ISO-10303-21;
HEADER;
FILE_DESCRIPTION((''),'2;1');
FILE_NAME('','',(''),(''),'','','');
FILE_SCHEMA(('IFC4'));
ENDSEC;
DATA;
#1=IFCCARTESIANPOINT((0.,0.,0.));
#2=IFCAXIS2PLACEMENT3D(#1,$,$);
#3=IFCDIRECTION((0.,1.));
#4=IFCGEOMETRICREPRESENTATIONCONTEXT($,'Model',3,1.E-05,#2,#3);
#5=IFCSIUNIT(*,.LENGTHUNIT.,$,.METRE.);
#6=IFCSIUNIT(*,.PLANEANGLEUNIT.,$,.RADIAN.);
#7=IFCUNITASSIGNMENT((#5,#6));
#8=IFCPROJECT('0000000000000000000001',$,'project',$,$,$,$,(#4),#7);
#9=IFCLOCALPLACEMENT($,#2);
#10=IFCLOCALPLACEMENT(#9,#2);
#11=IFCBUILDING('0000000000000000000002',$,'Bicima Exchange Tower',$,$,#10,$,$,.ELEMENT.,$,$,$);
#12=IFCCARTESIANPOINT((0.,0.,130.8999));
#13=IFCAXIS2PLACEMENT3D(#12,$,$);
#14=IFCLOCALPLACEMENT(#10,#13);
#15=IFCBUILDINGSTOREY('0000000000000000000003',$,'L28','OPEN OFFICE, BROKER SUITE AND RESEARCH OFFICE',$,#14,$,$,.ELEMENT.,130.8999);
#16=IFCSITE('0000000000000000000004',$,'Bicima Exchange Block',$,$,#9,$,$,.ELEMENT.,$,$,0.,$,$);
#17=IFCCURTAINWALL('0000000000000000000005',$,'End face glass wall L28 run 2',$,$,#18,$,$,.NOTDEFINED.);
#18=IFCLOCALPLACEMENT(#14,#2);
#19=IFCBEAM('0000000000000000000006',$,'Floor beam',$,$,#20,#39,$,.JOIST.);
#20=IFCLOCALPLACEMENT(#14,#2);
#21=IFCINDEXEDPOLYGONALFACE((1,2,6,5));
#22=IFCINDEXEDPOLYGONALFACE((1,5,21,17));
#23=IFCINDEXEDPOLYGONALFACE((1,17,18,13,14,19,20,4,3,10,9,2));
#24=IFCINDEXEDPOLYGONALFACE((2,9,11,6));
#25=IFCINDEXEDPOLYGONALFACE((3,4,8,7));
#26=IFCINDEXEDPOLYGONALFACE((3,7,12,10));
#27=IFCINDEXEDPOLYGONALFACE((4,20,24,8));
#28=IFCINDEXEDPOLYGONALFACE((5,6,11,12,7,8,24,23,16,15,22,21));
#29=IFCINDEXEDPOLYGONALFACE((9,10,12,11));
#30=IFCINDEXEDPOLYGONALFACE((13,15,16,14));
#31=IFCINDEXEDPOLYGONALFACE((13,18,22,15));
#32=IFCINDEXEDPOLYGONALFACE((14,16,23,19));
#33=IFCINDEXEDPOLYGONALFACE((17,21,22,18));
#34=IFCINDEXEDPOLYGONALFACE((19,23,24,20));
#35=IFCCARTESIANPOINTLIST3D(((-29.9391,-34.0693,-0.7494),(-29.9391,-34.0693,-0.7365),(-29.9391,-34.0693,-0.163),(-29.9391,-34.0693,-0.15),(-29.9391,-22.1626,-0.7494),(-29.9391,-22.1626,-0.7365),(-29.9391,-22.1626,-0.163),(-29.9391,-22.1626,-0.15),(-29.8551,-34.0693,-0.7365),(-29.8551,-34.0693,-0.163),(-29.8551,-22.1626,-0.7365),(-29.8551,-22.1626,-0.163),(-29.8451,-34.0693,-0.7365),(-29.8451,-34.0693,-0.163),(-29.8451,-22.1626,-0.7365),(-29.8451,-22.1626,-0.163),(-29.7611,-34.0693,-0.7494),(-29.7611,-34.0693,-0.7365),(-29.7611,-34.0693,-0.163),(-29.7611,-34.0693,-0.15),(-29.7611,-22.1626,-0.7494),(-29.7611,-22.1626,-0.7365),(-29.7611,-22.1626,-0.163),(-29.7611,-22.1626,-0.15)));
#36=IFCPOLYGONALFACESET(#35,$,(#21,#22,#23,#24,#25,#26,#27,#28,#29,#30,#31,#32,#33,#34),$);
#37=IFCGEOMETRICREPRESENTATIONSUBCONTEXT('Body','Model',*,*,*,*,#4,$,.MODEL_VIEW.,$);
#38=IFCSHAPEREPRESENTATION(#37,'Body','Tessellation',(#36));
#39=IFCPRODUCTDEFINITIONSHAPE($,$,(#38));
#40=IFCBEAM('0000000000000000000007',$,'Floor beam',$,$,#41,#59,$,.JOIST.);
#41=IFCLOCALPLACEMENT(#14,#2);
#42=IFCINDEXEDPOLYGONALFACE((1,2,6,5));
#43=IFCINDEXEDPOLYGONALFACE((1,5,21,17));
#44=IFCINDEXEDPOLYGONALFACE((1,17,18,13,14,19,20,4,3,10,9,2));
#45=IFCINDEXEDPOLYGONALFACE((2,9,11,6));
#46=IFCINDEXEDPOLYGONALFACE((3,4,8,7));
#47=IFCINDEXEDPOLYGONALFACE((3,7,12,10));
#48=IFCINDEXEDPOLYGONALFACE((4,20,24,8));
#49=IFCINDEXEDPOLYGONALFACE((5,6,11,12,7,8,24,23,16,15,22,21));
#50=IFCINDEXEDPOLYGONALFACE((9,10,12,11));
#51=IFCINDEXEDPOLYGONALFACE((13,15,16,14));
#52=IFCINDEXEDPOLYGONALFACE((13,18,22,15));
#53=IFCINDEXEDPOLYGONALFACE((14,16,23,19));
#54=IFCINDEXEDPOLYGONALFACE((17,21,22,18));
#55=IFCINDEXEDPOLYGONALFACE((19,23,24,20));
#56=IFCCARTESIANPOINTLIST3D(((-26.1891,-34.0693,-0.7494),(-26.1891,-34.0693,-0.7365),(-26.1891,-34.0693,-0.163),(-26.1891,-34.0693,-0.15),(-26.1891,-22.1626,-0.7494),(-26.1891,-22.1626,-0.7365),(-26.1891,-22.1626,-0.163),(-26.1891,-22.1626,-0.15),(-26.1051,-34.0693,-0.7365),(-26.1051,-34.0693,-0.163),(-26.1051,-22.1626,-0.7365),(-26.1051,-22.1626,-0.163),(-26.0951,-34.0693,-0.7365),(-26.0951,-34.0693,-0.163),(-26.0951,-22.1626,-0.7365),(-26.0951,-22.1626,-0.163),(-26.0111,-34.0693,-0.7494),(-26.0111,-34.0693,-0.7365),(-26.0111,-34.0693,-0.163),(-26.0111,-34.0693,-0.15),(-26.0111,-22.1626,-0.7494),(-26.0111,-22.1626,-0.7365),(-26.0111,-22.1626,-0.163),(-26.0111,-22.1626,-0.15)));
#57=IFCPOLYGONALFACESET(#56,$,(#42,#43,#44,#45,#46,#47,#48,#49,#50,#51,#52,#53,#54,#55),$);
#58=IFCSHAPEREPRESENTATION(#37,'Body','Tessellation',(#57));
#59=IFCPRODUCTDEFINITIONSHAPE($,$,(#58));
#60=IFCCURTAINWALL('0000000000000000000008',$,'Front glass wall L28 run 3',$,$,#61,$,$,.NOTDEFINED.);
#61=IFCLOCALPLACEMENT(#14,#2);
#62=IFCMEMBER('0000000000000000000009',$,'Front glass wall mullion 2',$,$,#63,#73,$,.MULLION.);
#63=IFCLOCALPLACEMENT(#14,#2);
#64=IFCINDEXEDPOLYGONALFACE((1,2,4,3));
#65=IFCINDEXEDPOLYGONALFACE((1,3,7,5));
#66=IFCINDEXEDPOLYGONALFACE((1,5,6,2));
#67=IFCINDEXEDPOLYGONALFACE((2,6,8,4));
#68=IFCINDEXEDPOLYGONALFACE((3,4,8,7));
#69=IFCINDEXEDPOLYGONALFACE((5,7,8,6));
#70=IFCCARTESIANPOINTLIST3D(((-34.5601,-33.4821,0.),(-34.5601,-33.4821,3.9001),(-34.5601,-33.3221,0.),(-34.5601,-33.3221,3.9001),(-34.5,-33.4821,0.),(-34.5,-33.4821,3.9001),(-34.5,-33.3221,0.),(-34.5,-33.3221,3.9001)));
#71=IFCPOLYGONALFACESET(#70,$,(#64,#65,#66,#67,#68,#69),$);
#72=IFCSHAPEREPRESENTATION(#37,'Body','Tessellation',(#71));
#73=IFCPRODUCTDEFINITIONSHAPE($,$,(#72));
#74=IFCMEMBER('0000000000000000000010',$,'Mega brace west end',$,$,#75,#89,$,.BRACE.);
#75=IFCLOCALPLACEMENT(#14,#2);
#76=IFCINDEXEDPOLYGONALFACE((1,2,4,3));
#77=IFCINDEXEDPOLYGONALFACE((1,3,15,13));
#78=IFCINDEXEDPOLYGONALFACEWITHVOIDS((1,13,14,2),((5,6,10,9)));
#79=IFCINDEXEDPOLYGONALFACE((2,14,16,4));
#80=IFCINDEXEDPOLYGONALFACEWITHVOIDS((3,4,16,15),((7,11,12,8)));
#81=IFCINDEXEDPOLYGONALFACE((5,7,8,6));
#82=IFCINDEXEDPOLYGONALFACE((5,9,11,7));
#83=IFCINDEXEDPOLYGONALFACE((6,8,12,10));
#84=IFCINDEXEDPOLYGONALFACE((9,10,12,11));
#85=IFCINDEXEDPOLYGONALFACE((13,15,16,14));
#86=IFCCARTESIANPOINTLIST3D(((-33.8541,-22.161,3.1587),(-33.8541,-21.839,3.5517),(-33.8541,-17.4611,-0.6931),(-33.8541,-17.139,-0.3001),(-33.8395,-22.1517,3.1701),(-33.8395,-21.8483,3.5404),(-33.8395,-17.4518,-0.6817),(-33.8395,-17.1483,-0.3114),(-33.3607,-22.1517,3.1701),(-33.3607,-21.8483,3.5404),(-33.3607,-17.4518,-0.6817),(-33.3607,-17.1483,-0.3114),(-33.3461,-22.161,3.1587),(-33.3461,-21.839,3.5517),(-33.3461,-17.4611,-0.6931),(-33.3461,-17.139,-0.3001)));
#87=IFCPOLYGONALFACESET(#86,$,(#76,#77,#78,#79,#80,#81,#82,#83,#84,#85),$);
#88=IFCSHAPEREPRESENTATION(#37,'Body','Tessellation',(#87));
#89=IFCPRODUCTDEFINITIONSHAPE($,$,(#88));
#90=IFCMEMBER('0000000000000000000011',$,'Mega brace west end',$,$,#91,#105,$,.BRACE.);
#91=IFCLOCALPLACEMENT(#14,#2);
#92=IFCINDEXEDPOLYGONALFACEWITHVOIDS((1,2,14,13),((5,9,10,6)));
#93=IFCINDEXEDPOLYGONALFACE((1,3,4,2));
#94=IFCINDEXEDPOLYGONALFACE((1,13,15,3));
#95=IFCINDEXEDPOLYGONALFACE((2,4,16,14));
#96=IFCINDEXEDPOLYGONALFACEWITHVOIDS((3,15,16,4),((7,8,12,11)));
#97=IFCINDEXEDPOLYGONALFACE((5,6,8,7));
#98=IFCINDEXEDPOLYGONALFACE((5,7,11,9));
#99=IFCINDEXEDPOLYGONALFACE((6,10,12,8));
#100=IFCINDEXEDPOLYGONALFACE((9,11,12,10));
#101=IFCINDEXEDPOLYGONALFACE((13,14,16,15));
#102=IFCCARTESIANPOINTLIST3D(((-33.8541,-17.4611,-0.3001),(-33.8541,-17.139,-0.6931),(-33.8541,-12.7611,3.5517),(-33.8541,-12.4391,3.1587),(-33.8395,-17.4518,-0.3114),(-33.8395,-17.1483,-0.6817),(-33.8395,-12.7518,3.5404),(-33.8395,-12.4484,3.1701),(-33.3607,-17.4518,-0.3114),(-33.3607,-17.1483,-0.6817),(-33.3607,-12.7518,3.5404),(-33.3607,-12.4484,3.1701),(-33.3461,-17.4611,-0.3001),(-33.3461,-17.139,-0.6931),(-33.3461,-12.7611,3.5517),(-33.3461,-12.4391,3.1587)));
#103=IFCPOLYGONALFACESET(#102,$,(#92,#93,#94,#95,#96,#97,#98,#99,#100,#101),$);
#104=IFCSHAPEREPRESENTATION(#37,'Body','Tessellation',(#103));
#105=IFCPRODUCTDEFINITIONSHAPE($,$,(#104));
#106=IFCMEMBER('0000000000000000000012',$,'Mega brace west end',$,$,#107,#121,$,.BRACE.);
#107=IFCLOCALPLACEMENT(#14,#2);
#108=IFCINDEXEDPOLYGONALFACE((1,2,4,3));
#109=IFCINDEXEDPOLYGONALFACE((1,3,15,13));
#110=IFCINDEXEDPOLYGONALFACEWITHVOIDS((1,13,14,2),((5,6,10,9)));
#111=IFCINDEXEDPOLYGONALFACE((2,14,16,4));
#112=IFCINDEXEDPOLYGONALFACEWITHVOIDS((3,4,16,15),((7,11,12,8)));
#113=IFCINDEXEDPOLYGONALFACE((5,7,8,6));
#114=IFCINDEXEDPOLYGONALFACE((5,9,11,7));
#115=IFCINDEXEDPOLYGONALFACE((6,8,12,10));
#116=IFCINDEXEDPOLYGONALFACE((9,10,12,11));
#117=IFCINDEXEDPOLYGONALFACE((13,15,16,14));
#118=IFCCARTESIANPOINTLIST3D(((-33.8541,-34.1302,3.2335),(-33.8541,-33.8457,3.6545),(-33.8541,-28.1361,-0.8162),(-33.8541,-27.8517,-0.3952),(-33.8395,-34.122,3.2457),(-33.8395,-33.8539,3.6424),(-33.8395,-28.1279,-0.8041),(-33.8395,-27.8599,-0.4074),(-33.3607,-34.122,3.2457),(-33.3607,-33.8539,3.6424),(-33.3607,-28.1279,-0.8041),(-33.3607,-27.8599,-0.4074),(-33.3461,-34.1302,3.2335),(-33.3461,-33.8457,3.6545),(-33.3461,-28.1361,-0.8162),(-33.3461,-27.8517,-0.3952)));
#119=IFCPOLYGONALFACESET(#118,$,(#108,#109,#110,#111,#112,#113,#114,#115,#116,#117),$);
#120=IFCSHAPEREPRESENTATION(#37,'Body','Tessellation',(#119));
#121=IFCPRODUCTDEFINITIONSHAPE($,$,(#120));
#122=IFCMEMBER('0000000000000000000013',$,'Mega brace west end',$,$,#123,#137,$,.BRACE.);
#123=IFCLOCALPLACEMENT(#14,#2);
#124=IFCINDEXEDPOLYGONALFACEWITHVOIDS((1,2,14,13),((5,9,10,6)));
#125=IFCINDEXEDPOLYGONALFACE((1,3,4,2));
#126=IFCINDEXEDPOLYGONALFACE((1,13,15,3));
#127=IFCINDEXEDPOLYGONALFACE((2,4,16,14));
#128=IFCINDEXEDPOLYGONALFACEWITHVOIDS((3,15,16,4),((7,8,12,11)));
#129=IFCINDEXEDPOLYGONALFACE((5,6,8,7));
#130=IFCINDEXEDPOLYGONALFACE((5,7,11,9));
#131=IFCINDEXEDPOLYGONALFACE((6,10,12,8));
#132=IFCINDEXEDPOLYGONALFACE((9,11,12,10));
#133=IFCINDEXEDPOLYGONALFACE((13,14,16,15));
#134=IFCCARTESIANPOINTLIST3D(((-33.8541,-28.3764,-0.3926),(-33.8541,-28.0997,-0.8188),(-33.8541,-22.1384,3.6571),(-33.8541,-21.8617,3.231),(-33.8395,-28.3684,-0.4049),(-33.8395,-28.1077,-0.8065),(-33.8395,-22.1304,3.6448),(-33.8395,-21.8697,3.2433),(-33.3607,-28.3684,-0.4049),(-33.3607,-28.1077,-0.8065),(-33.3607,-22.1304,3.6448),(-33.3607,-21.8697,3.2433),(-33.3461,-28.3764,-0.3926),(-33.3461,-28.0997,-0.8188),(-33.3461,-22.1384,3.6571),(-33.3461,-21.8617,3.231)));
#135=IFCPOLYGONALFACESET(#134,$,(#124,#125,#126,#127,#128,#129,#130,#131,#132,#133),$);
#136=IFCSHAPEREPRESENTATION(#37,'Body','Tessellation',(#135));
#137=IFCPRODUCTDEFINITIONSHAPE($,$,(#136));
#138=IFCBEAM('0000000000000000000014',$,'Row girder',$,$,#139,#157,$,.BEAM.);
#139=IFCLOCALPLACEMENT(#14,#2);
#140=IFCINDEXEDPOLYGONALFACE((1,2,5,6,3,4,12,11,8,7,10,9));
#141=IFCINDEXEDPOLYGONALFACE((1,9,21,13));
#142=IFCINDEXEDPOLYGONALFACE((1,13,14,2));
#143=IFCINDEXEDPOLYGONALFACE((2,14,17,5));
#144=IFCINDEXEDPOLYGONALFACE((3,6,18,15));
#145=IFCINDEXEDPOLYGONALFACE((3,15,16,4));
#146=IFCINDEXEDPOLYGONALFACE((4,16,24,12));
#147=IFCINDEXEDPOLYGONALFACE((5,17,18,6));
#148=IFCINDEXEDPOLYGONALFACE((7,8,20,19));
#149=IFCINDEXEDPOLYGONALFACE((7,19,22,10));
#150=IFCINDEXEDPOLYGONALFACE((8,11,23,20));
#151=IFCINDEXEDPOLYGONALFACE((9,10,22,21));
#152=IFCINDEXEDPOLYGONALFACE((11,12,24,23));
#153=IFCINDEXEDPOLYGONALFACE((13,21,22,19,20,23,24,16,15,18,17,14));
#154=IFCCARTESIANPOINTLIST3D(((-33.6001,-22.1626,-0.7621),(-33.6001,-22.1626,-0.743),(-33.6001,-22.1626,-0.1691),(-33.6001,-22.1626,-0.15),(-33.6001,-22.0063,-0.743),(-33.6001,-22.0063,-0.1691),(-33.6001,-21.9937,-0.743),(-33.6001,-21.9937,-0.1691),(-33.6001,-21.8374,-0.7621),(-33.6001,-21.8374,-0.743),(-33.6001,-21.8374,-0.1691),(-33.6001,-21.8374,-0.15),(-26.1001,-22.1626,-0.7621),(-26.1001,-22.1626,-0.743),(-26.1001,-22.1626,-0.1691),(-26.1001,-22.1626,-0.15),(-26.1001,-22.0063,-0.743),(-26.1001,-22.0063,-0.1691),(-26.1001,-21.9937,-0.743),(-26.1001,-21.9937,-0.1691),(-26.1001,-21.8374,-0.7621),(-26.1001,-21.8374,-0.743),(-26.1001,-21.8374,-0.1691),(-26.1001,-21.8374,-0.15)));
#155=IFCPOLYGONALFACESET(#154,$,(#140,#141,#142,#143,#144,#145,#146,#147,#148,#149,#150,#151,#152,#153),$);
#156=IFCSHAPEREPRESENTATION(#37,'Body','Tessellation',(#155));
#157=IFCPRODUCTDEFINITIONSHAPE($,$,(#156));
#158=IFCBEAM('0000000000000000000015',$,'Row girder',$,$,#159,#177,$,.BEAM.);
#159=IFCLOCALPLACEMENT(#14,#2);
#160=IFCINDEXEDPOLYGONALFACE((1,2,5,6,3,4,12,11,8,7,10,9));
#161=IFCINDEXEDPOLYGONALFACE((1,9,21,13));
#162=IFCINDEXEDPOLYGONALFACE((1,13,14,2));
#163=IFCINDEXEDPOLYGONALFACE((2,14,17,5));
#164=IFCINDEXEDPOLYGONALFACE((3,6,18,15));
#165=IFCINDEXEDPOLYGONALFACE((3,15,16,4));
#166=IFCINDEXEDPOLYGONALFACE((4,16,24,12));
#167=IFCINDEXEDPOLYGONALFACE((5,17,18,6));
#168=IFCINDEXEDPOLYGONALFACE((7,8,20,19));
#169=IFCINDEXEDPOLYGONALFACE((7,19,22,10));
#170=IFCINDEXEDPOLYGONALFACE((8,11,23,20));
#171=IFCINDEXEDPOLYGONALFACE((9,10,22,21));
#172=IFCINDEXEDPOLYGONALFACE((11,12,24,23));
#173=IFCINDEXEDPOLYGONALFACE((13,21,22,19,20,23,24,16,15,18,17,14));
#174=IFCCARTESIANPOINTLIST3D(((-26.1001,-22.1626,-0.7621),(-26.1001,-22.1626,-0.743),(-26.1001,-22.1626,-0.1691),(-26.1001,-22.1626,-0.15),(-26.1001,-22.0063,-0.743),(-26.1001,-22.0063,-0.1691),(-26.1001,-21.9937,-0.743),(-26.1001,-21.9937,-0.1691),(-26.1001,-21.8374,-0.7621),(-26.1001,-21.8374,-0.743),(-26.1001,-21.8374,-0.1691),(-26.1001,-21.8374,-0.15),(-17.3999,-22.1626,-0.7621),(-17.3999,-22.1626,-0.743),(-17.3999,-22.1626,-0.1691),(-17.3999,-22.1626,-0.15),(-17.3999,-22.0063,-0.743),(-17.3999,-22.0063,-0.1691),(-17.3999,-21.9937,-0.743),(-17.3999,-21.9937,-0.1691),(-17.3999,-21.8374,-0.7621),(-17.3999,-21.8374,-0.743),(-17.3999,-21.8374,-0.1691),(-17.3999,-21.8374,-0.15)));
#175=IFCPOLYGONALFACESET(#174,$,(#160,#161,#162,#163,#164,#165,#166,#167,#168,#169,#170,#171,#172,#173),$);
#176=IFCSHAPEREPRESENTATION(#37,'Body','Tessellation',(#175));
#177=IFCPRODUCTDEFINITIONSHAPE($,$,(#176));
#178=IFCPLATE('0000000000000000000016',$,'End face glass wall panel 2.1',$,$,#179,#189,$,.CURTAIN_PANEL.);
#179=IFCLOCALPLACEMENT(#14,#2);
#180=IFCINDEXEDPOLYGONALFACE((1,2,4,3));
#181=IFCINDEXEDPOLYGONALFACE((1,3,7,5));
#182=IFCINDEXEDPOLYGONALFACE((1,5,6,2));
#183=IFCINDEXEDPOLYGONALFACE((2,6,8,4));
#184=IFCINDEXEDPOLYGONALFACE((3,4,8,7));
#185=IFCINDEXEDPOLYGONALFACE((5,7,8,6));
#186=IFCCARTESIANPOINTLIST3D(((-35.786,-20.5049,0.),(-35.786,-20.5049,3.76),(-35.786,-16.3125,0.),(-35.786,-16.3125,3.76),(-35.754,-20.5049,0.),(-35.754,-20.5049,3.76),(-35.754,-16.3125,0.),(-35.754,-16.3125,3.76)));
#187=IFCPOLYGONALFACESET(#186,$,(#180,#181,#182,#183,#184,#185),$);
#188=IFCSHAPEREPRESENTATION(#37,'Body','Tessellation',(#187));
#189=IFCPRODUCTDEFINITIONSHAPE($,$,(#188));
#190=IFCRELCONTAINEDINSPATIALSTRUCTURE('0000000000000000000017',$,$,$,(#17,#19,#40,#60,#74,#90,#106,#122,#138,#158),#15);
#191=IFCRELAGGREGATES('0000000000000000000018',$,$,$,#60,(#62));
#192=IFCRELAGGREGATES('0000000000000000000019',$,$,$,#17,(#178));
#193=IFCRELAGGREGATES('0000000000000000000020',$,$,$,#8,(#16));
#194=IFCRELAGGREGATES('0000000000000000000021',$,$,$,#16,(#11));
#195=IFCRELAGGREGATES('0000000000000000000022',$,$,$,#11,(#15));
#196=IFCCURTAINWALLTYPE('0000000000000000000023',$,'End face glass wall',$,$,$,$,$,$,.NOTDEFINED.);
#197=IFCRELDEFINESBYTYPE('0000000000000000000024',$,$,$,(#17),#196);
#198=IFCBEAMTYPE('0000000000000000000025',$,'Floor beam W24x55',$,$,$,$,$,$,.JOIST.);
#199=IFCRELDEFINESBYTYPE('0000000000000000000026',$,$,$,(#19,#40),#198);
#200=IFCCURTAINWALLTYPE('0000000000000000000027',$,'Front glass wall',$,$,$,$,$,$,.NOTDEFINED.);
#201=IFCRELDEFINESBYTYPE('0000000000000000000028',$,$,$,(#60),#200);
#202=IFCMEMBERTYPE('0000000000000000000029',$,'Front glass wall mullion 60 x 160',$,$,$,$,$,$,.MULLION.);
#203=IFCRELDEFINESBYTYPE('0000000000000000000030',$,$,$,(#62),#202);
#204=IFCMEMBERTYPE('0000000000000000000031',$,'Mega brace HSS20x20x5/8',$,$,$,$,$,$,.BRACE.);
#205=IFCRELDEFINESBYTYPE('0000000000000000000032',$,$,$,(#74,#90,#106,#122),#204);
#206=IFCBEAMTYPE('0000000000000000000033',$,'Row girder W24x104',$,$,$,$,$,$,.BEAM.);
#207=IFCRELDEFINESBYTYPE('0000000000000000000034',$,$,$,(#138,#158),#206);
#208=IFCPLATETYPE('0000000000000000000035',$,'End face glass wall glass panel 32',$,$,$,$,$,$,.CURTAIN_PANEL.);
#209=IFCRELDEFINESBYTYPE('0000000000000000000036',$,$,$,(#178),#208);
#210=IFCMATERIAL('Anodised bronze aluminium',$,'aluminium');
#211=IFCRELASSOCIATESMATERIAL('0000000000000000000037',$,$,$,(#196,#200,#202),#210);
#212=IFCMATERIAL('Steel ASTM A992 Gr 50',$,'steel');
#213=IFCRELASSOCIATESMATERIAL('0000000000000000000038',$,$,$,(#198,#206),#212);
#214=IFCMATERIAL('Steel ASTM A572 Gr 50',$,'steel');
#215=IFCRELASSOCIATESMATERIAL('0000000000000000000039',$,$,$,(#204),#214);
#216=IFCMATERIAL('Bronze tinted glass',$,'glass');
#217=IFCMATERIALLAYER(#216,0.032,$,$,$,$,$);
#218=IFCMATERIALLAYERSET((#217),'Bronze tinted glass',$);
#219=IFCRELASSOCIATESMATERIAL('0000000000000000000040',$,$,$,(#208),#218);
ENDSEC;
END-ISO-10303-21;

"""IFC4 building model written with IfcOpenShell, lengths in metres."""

from ifc_helpers import new_model, si_unit, direction, frame, origin, origin_2d, place, context, subcontext, project, spatial, rectangle, hollow_rectangle, i_section, extrude, material, layer, layer_set, material_profile, profile_set, type_object, element, aggregate, save


model = new_model("IFC4")

# Units and contexts
model_context = context("Model", 3, precision=1e-05, world=origin(), true_north=direction((0.0, 1.0)))
body_context = subcontext(model_context, "Body", "Model", "MODEL_VIEW")
ifc_project = project(units=[si_unit("LENGTHUNIT", "METRE"), si_unit("PLANEANGLEUNIT", "RADIAN")], contexts=[model_context])

# Site, building, storey
site_placement = place(None, origin())
site = spatial("IfcSite", under=ifc_project, at=site_placement, Name="Bicima Exchange Block", CompositionType="ELEMENT", RefElevation=0.0)
building_placement = place(site_placement, origin())
building = spatial("IfcBuilding", under=site, at=building_placement, Name="Bicima Exchange Tower", CompositionType="ELEMENT")
storey_placement = place(building_placement, frame((0.0, 0.0, 130.8999)))
storey = spatial("IfcBuildingStorey", under=building, at=storey_placement, Name="L28", Description="OPEN OFFICE, BROKER SUITE AND RESEARCH OFFICE", CompositionType="ELEMENT", Elevation=130.8999)

# Shared definitions
ifc_material_1 = material(Name="Steel ASTM A992 Gr 50", Category="steel")

# Curtain wall
ifc_material_2 = material(Name="Anodised bronze aluminium", Category="aluminium")
curtain_wall_type_1 = type_object("IfcCurtainWallType", Name="End face glass wall", PredefinedType="NOTDEFINED", material=ifc_material_2)
curtain_wall_1_placement = place(storey_placement, origin())
curtain_wall_1 = element("IfcCurtainWall", 1, at=curtain_wall_1_placement, inside=storey, type_object=curtain_wall_type_1, Name="End face glass wall L28 run 2", PredefinedType="NOTDEFINED")
ifc_material_profile_1 = material_profile(ifc_material_2, rectangle(XDim=0.1599, YDim=0.0601, at=origin_2d()))
ifc_profile_set_1 = profile_set([ifc_material_profile_1], Name="Anodised bronze aluminium")

# Beams
ifc_material_profile_2 = material_profile(ifc_material_1, i_section(OverallWidth=0.178, OverallDepth=0.5994, WebThickness=0.01, FlangeThickness=0.0129, at=origin_2d()))
ifc_profile_set_2 = profile_set([ifc_material_profile_2], Name="Steel ASTM A992 Gr 50")
beam_type_1 = type_object("IfcBeamType", Name="Floor beam W24x55", PredefinedType="JOIST", material=ifc_profile_set_2)
for number, where, z_axis, x_axis, name in (
    (2, (-29.8501, -22.1626, -0.4497), (0.0, -1.0, 0.0), (1.0, 0.0, 0.0), "Floor beam"),
    (3, (-26.1001, -22.1626, -0.4497), (0.0, -1.0, 0.0), (1.0, 0.0, 0.0), "Floor beam"),
):
    element("IfcBeam", number, at=place(storey_placement, frame(where, z_axis=z_axis, x_axis=x_axis)), inside=storey, type_object=beam_type_1, Name=name, PredefinedType="JOIST", context=body_context, shape_type="SweptSolid", body=[
        extrude(i_section(OverallWidth=0.178, OverallDepth=0.5994, WebThickness=0.01, FlangeThickness=0.0129, at=origin_2d()), origin(), (0.0, 0.0, 1.0), 11.9067),
    ])

# Curtain wall, member
curtain_wall_type_2 = type_object("IfcCurtainWallType", Name="Front glass wall", PredefinedType="NOTDEFINED", material=ifc_material_2)
curtain_wall_2_placement = place(storey_placement, origin())
curtain_wall_2 = element("IfcCurtainWall", 4, at=curtain_wall_2_placement, inside=storey, type_object=curtain_wall_type_2, Name="Front glass wall L28 run 3", PredefinedType="NOTDEFINED")
member_type_1 = type_object("IfcMemberType", Name="Front glass wall mullion 60 x 160", PredefinedType="MULLION", material=ifc_profile_set_1)
member_1_placement = place(storey_placement, frame((-34.53, -33.4021, 0.0), z_axis=(0.0, 0.0, 1.0), x_axis=(0.0, 1.0, 0.0)))
member_1 = element("IfcMember", 5, at=member_1_placement, type_object=member_type_1, Name="Front glass wall mullion 2", PredefinedType="MULLION", context=body_context, shape_type="SweptSolid", body=[
    extrude(rectangle(XDim=0.1599, YDim=0.0601, at=origin_2d()), origin(), (0.0, 0.0, 1.0), 3.9001),
])
aggregate(curtain_wall_2, [member_1])

# Members
ifc_material_3 = material(Name="Steel ASTM A572 Gr 50", Category="steel")
ifc_material_profile_3 = material_profile(ifc_material_3, hollow_rectangle(XDim=0.5081, YDim=0.5081, WallThickness=0.0146, at=origin_2d()))
ifc_profile_set_3 = profile_set([ifc_material_profile_3], Name="Steel ASTM A572 Gr 50")
member_type_2 = type_object("IfcMemberType", Name="Mega brace HSS20x20x5/8", PredefinedType="BRACE", material=ifc_profile_set_3)
for number, where, z_axis, x_axis, name in (
    (6, (-33.6001, -17.3, -0.4966), (0.0, -0.773442, 0.633868), (1.0, 0.0, 0.0), "Mega brace west end"),
    (7, (-33.6001, -17.3, -0.4966), (0.0, 0.773442, 0.633868), (-1.0, 0.0, 0.0), "Mega brace west end"),
):
    element("IfcMember", number, at=place(storey_placement, frame(where, z_axis=z_axis, x_axis=x_axis)), inside=storey, type_object=member_type_2, Name=name, PredefinedType="BRACE", context=body_context, shape_type="SweptSolid", body=[
        extrude(hollow_rectangle(XDim=0.5081, YDim=0.5081, WallThickness=0.0146, at=origin_2d()), origin(), (0.0, 0.0, 1.0), 6.0767),
    ])
member_2_placement = place(storey_placement, frame((-33.6001, -27.9939, -0.6057), z_axis=(0.0, -0.828608, 0.55983), x_axis=(1.0, 0.0, 0.0)))
element("IfcMember", 8, at=member_2_placement, inside=storey, type_object=member_type_2, Name="Mega brace west end", PredefinedType="BRACE", context=body_context, shape_type="SweptSolid", body=[
    extrude(hollow_rectangle(XDim=0.5081, YDim=0.5081, WallThickness=0.0146, at=origin_2d()), origin(), (0.0, 0.0, 1.0), 7.2339),
])
member_3_placement = place(storey_placement, frame((-33.6001, -28.238, -0.6057), z_axis=(0.0, 0.838746, 0.544523), x_axis=(-1.0, 0.0, 0.0)))
element("IfcMember", 9, at=member_3_placement, inside=storey, type_object=member_type_2, Name="Mega brace west end", PredefinedType="BRACE", context=body_context, shape_type="SweptSolid", body=[
    extrude(hollow_rectangle(XDim=0.5081, YDim=0.5081, WallThickness=0.0146, at=origin_2d()), origin(), (0.0, 0.0, 1.0), 7.4373),
])

# Beams
ifc_material_profile_4 = material_profile(ifc_material_1, i_section(OverallWidth=0.3252, OverallDepth=0.6121, WebThickness=0.0127, FlangeThickness=0.019, at=origin_2d()))
ifc_profile_set_4 = profile_set([ifc_material_profile_4], Name="Steel ASTM A992 Gr 50")
beam_type_2 = type_object("IfcBeamType", Name="Row girder W24x104", PredefinedType="BEAM", material=ifc_profile_set_4)
beam_1_placement = place(storey_placement, frame((-33.6001, -22.0, -0.4561), z_axis=(1.0, 0.0, 0.0), x_axis=(0.0, 1.0, 0.0)))
element("IfcBeam", 10, at=beam_1_placement, inside=storey, type_object=beam_type_2, Name="Row girder", PredefinedType="BEAM", context=body_context, shape_type="SweptSolid", body=[
    extrude(i_section(OverallWidth=0.3252, OverallDepth=0.6121, WebThickness=0.0127, FlangeThickness=0.019, at=origin_2d()), origin(), (0.0, 0.0, 1.0), 7.5),
])
beam_2_placement = place(storey_placement, frame((-26.1001, -22.0, -0.4561), z_axis=(1.0, 0.0, 0.0), x_axis=(0.0, 1.0, 0.0)))
element("IfcBeam", 11, at=beam_2_placement, inside=storey, type_object=beam_type_2, Name="Row girder", PredefinedType="BEAM", context=body_context, shape_type="SweptSolid", body=[
    extrude(i_section(OverallWidth=0.3252, OverallDepth=0.6121, WebThickness=0.0127, FlangeThickness=0.019, at=origin_2d()), origin(), (0.0, 0.0, 1.0), 8.7002),
])

# Plate
ifc_material_4 = material(Name="Bronze tinted glass", Category="glass")
ifc_layer_1 = layer(ifc_material_4, 0.032)
ifc_layer_set_1 = layer_set([ifc_layer_1], Name="Bronze tinted glass")
plate_type_1 = type_object("IfcPlateType", Name="End face glass wall glass panel 32", PredefinedType="CURTAIN_PANEL", material=ifc_layer_set_1)
plate_1_placement = place(storey_placement, frame((-35.77, -18.4087, 0.0), z_axis=(0.0, 0.0, 1.0), x_axis=(0.0, -1.0, 0.0)))
plate_1 = element("IfcPlate", 12, at=plate_1_placement, type_object=plate_type_1, Name="End face glass wall panel 2.1", PredefinedType="CURTAIN_PANEL", context=body_context, shape_type="SweptSolid", body=[
    extrude(rectangle(XDim=4.1924, YDim=0.032, at=origin_2d()), origin(), (0.0, 0.0, 1.0), 3.76),
])
aggregate(curtain_wall_1, [plate_1])

save(model, "model.ifc")
